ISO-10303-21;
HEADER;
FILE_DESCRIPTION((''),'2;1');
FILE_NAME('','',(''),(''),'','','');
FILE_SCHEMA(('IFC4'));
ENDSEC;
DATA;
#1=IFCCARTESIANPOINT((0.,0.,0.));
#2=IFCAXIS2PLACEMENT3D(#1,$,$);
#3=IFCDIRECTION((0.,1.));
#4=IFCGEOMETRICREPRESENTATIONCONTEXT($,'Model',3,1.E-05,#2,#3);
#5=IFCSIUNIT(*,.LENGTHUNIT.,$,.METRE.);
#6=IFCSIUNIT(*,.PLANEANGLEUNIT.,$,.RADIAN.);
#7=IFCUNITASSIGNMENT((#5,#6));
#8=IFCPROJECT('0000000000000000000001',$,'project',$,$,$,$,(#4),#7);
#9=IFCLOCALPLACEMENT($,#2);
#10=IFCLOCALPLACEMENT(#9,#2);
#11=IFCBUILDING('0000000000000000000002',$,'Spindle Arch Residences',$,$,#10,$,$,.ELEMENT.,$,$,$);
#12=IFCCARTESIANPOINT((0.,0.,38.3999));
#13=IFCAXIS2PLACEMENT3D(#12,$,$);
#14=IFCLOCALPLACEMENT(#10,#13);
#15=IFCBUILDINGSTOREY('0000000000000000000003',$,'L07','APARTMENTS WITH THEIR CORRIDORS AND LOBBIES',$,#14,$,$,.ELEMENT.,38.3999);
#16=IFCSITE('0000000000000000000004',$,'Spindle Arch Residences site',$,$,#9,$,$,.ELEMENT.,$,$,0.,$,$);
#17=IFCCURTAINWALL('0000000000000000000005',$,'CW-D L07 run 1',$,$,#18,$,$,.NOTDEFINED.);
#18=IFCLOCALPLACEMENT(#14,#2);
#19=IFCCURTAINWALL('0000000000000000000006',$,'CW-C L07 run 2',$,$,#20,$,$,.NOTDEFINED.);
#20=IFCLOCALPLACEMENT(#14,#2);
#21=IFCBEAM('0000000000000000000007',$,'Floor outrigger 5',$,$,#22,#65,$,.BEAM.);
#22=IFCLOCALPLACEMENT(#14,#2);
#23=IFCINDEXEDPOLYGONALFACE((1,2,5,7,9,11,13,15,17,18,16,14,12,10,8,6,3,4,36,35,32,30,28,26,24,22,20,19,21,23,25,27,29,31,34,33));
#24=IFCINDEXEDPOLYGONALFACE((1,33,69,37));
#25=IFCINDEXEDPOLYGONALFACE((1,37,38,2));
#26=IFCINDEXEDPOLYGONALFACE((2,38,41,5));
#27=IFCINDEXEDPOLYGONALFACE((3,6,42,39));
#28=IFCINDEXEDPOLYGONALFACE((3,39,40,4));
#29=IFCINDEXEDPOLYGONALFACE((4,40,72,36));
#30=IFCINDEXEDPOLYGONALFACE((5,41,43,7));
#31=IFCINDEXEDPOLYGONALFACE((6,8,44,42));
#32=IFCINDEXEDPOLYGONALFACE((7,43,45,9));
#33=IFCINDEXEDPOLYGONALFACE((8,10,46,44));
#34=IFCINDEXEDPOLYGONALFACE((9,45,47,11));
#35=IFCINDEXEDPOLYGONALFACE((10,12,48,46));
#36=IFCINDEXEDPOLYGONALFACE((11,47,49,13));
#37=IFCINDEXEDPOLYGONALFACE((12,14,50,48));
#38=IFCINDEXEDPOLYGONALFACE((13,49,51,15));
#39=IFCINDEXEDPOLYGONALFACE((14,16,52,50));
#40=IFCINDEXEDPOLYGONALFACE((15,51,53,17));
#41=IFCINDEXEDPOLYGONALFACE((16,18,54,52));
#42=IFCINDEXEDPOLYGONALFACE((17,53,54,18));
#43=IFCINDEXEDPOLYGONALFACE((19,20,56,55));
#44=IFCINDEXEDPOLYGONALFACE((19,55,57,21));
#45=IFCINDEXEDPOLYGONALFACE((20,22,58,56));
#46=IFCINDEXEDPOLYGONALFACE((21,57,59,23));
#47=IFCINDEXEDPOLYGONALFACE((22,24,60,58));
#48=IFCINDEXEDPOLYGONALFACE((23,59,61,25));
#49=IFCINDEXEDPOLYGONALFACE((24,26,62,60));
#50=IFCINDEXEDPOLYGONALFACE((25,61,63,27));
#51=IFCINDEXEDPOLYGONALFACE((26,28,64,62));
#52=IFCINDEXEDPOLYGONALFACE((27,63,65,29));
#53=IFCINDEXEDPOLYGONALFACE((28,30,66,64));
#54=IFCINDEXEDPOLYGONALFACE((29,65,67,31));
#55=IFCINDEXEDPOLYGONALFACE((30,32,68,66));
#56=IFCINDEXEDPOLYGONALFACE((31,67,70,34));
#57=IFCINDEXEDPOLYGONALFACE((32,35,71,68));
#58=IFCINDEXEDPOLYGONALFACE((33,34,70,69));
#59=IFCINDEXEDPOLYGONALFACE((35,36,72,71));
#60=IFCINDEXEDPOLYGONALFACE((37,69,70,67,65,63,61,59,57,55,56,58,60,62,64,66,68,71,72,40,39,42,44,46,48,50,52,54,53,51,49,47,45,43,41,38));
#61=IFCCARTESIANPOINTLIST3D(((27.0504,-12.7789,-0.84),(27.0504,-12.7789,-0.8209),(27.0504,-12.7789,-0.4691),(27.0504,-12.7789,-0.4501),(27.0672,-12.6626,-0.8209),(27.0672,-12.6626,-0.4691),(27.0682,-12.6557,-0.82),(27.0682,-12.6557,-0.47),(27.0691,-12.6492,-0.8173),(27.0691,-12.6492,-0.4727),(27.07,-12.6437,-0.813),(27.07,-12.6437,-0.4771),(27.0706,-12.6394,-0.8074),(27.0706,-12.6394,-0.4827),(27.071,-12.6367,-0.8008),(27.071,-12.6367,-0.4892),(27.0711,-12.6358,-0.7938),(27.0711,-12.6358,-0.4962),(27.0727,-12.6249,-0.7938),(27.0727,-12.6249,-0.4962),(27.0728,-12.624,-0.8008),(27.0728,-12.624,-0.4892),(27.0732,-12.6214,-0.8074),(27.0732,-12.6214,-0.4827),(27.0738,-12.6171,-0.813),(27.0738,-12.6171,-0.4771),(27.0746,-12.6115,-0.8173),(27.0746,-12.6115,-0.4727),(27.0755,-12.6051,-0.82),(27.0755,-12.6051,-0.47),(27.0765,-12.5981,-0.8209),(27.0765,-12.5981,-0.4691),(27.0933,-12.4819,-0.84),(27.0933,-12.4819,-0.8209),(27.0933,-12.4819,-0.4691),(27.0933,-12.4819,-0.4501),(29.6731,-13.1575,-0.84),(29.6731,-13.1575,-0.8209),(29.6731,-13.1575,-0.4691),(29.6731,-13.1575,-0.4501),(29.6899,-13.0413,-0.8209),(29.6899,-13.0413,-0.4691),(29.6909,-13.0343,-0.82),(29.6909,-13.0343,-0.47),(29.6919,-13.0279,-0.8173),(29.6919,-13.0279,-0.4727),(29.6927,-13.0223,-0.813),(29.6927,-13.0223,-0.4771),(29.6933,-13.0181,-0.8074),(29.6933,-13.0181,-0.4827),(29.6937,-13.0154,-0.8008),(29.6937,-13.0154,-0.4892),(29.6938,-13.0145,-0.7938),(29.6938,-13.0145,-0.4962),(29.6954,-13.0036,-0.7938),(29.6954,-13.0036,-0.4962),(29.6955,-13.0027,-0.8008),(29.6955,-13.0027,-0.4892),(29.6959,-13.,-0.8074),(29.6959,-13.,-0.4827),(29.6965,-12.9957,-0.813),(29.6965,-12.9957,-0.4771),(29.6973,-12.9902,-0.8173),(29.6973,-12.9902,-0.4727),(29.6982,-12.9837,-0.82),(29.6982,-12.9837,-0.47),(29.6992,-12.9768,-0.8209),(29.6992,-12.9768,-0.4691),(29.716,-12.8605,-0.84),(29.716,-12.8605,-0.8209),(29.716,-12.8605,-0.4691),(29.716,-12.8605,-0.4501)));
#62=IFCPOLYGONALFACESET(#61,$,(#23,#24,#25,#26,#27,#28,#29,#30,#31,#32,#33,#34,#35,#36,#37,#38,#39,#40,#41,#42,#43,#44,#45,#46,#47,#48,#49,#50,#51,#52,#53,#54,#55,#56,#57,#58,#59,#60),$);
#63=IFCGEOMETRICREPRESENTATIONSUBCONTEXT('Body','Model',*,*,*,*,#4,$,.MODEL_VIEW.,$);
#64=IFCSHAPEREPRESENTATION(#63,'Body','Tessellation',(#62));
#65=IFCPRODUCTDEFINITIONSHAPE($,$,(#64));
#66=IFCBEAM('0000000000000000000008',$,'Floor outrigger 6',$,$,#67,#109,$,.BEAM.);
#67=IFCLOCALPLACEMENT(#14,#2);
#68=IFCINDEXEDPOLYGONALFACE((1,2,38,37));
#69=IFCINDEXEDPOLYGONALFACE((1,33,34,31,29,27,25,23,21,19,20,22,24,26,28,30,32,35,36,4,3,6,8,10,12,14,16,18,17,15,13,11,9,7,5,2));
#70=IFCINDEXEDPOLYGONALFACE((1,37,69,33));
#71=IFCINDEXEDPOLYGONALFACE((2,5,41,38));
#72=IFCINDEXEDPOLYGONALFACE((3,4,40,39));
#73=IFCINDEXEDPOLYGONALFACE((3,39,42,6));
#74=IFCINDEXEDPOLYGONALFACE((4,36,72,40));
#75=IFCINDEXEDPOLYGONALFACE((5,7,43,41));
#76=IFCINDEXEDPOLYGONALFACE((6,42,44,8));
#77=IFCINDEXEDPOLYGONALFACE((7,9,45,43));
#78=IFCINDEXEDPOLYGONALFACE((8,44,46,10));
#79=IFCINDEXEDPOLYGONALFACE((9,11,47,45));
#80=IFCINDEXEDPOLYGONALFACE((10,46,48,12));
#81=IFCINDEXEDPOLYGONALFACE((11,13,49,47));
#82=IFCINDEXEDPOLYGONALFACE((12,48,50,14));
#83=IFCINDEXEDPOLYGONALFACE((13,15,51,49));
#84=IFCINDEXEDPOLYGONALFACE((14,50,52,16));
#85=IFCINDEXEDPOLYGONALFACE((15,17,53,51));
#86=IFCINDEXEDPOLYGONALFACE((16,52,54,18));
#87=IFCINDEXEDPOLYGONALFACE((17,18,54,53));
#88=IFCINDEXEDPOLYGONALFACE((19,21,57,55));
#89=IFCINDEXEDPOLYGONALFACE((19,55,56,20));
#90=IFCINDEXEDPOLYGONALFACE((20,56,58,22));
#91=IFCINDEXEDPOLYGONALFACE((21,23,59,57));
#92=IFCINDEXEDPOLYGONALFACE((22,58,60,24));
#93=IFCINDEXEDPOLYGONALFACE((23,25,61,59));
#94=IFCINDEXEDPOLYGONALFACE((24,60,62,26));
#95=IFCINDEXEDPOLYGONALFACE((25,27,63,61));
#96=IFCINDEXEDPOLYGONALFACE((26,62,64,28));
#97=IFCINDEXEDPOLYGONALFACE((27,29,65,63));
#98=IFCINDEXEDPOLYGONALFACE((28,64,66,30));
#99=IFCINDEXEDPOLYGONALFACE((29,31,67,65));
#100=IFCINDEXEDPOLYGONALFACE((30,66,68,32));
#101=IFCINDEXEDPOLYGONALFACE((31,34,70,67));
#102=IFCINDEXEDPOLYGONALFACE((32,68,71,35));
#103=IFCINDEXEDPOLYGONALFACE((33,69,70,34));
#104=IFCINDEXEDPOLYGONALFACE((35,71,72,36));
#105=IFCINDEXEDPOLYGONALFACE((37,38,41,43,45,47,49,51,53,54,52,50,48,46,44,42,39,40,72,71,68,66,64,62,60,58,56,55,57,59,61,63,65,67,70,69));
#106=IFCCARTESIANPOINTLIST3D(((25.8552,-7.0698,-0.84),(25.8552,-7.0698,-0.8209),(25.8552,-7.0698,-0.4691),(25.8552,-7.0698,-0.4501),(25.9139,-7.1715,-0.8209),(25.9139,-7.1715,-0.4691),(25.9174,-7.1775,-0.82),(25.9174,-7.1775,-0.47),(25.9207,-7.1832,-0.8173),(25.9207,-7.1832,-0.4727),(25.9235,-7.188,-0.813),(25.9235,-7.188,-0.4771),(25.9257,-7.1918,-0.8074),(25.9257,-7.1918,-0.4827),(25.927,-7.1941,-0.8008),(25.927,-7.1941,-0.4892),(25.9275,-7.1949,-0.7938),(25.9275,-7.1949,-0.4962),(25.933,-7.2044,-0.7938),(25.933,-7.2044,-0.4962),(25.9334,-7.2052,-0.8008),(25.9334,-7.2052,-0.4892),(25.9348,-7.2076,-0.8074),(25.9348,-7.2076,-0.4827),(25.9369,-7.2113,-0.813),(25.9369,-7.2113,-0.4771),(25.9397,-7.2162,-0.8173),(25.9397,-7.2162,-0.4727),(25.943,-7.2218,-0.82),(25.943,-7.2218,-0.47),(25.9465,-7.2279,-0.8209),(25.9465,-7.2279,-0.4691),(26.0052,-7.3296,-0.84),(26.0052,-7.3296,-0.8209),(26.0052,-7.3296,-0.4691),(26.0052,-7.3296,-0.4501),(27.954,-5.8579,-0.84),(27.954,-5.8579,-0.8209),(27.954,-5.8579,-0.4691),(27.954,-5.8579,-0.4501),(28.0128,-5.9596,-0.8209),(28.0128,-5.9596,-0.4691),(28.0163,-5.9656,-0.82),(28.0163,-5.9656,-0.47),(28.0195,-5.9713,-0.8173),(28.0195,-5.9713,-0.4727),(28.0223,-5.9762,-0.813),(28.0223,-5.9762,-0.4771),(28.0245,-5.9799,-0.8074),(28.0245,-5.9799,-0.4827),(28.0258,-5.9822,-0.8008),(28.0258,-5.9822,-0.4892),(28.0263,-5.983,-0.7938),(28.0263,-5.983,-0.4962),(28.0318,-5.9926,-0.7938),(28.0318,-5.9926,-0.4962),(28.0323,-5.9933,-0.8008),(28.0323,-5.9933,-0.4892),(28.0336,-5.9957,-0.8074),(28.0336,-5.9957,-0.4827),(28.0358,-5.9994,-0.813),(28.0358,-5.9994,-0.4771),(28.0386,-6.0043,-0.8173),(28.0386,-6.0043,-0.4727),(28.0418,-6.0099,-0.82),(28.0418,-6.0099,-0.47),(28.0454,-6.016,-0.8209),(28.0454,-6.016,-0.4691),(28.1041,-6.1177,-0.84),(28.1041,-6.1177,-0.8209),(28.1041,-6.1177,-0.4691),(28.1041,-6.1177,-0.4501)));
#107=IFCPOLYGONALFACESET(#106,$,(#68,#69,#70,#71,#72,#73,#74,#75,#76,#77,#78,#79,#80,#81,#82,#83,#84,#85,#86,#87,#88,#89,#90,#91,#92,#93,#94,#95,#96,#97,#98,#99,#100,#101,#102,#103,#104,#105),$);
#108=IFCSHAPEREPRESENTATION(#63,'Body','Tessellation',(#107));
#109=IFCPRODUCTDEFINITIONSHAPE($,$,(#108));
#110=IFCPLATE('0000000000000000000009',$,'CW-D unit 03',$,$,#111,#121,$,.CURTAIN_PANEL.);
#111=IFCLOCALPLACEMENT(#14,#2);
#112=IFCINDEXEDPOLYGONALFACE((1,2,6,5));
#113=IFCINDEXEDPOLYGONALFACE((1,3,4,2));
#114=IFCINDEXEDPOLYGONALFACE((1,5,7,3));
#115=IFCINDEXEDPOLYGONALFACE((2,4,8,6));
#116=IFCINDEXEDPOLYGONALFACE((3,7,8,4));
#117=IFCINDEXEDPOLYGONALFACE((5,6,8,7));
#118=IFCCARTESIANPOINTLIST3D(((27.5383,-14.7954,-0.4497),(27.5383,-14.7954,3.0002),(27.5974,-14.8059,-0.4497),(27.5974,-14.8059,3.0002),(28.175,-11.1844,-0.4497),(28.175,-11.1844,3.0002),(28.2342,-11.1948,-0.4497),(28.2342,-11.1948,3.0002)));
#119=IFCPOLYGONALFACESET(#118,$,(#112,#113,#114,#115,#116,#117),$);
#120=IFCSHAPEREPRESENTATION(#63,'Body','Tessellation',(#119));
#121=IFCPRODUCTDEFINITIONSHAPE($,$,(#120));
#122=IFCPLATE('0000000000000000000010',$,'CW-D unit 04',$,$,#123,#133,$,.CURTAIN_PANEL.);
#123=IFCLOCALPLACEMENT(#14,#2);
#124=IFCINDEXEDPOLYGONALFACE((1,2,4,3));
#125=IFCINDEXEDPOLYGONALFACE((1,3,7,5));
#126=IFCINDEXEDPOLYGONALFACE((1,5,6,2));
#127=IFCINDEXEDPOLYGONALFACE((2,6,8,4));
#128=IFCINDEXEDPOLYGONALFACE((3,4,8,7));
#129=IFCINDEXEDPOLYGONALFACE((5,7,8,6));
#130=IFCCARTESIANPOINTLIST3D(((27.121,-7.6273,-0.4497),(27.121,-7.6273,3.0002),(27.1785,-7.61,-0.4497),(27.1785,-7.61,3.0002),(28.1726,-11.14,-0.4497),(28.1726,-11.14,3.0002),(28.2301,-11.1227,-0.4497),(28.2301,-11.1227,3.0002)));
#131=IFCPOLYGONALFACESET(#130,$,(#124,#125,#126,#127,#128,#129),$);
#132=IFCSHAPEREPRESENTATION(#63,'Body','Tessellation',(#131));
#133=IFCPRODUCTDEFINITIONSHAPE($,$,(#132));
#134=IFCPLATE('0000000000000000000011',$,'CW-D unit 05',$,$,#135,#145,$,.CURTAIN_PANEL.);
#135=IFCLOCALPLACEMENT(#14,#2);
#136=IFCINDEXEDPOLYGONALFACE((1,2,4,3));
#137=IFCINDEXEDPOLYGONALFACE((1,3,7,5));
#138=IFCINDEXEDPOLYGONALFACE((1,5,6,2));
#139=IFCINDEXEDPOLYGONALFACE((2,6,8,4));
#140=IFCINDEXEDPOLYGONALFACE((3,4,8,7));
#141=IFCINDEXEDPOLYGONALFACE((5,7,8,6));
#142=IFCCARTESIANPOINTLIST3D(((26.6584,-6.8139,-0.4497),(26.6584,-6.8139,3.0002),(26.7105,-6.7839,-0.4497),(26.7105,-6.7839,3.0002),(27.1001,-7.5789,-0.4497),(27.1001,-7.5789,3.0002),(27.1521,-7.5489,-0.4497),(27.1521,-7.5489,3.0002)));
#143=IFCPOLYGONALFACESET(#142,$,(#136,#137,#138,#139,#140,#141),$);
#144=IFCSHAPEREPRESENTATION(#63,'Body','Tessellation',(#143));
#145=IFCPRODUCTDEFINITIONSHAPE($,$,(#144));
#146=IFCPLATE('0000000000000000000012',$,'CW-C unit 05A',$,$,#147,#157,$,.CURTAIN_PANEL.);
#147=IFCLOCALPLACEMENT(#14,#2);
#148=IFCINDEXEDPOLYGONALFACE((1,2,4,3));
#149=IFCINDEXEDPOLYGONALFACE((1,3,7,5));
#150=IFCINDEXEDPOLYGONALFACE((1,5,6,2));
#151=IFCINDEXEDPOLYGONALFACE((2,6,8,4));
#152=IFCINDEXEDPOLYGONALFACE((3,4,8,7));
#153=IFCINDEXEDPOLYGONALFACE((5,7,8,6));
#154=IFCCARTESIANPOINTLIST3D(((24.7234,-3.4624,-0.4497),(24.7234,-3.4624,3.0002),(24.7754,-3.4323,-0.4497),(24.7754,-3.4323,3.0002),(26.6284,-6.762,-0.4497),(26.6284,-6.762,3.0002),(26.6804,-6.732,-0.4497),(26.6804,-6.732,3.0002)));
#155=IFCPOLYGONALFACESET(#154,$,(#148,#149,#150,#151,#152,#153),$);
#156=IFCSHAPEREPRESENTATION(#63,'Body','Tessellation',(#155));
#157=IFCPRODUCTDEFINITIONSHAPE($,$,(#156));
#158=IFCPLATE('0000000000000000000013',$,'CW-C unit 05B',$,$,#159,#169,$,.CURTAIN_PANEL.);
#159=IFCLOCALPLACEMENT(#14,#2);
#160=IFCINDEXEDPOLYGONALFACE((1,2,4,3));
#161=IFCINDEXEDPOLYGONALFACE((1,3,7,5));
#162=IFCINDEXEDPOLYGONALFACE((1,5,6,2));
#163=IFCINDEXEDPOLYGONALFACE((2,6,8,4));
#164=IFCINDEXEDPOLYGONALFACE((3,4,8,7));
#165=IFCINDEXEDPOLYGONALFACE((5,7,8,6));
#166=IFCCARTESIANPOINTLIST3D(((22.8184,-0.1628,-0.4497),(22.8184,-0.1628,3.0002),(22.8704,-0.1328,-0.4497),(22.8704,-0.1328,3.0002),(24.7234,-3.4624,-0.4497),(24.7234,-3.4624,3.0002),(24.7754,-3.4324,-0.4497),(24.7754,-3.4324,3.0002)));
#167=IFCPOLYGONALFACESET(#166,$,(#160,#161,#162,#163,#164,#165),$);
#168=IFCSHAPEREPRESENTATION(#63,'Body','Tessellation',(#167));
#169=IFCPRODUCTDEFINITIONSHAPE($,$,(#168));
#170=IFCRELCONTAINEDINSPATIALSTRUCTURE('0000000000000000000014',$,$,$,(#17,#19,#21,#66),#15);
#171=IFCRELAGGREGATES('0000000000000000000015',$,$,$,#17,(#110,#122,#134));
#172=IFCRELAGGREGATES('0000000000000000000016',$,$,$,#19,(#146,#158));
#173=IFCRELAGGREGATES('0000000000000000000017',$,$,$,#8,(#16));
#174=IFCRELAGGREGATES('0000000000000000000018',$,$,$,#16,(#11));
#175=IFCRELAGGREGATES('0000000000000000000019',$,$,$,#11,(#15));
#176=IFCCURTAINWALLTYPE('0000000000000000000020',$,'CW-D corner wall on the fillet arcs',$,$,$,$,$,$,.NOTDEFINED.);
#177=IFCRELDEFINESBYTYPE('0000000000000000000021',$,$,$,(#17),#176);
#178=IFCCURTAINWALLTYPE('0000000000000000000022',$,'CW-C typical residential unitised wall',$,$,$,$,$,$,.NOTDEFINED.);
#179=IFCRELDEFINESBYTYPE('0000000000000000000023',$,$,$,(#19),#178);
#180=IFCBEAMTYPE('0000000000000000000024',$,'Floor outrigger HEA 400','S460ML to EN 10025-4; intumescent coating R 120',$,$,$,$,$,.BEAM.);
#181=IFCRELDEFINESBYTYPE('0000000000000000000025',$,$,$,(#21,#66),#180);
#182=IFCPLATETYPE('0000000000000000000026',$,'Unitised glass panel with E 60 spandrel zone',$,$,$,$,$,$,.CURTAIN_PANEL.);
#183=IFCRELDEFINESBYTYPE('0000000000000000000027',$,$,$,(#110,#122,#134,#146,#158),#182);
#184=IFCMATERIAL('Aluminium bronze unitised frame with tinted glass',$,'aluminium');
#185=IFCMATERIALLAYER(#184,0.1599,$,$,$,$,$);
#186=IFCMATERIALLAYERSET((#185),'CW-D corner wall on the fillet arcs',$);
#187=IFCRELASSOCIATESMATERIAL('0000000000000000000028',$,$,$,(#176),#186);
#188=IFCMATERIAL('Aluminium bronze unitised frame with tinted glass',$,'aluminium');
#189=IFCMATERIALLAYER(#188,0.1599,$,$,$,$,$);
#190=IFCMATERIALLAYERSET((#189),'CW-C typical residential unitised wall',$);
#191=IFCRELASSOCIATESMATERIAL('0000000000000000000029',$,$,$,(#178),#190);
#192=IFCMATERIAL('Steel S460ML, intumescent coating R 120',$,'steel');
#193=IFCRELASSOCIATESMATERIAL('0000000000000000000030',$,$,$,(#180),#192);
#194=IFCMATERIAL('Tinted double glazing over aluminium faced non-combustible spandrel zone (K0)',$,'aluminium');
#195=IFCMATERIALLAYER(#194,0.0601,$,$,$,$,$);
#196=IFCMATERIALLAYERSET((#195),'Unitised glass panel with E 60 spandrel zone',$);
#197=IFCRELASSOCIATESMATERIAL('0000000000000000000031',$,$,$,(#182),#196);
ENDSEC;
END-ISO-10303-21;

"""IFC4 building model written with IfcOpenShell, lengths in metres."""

from ifc_helpers import new_model, si_unit, direction, frame, origin, origin_2d, place, context, subcontext, project, spatial, rectangle, i_section, extrude, material, layer, layer_set, material_profile, profile_set, type_object, element, aggregate, save


model = new_model("IFC4")

# Units and contexts
model_context = context("Model", 3, precision=1e-05, world=origin(), true_north=direction((0.0, 1.0)))
body_context = subcontext(model_context, "Body", "Model", "MODEL_VIEW")
ifc_project = project(units=[si_unit("LENGTHUNIT", "METRE"), si_unit("PLANEANGLEUNIT", "RADIAN")], contexts=[model_context])

# Site, building, storey
site_placement = place(None, origin())
site = spatial("IfcSite", under=ifc_project, at=site_placement, Name="Spindle Arch Residences site", CompositionType="ELEMENT", RefElevation=0.0)
building_placement = place(site_placement, origin())
building = spatial("IfcBuilding", under=site, at=building_placement, Name="Spindle Arch Residences", CompositionType="ELEMENT")
storey_placement = place(building_placement, frame((0.0, 0.0, 38.3999)))
storey = spatial("IfcBuildingStorey", under=building, at=storey_placement, Name="L07", Description="APARTMENTS WITH THEIR CORRIDORS AND LOBBIES", CompositionType="ELEMENT", Elevation=38.3999)

# Curtain wall
ifc_material_1 = material(Name="Aluminium bronze unitised frame with tinted glass", Category="aluminium")
ifc_layer_1 = layer(ifc_material_1, 0.1599)
ifc_layer_set_1 = layer_set([ifc_layer_1], Name="CW-D corner wall on the fillet arcs")
curtain_wall_type_1 = type_object("IfcCurtainWallType", Name="CW-D corner wall on the fillet arcs", PredefinedType="NOTDEFINED", material=ifc_layer_set_1)
curtain_wall_1_placement = place(storey_placement, origin())
curtain_wall_1 = element("IfcCurtainWall", 1, at=curtain_wall_1_placement, inside=storey, type_object=curtain_wall_type_1, Name="CW-D L07 run 1", PredefinedType="NOTDEFINED")

# Curtain wall
ifc_material_2 = material(Name="Aluminium bronze unitised frame with tinted glass", Category="aluminium")
ifc_layer_2 = layer(ifc_material_2, 0.1599)
ifc_layer_set_2 = layer_set([ifc_layer_2], Name="CW-C typical residential unitised wall")
curtain_wall_type_2 = type_object("IfcCurtainWallType", Name="CW-C typical residential unitised wall", PredefinedType="NOTDEFINED", material=ifc_layer_set_2)
curtain_wall_2_placement = place(storey_placement, origin())
curtain_wall_2 = element("IfcCurtainWall", 2, at=curtain_wall_2_placement, inside=storey, type_object=curtain_wall_type_2, Name="CW-C L07 run 2", PredefinedType="NOTDEFINED")

# Beams
ifc_material_3 = material(Name="Steel S460ML, intumescent coating R 120", Category="steel")
ifc_material_profile_1 = material_profile(ifc_material_3, i_section(OverallWidth=0.3, OverallDepth=0.3899, WebThickness=0.011, FlangeThickness=0.019, FilletRadius=0.0271, at=origin_2d()), Name="HEA 400")
ifc_profile_set_1 = profile_set([ifc_material_profile_1], Name="Steel S460ML, intumescent coating R 120")
beam_type_1 = type_object("IfcBeamType", Name="Floor outrigger HEA 400", Description="S460ML to EN 10025-4; intumescent coating R 120", PredefinedType="BEAM", material=ifc_profile_set_1)
beam_1_placement = place(storey_placement, frame((29.6946, -13.009, -0.645), z_axis=(-0.989738, 0.142892, 0.0), x_axis=(-0.142892, -0.989738, 0.0)))
element("IfcBeam", 3, at=beam_1_placement, inside=storey, type_object=beam_type_1, Name="Floor outrigger 5", PredefinedType="BEAM", context=body_context, shape_type="SweptSolid", body=[
    extrude(i_section(OverallWidth=0.3, OverallDepth=0.3899, WebThickness=0.011, FlangeThickness=0.019, FilletRadius=0.0271, at=origin_2d()), origin(), (0.0, 0.0, 1.0), 2.6499),
])
beam_2_placement = place(storey_placement, frame((28.0291, -5.9878, -0.645), z_axis=(-0.866003, -0.500039, 0.0), x_axis=(0.500039, -0.866003, 0.0)))
element("IfcBeam", 4, at=beam_2_placement, inside=storey, type_object=beam_type_1, Name="Floor outrigger 6", PredefinedType="BEAM", context=body_context, shape_type="SweptSolid", body=[
    extrude(i_section(OverallWidth=0.3, OverallDepth=0.3899, WebThickness=0.011, FlangeThickness=0.019, FilletRadius=0.0271, at=origin_2d()), origin(), (0.0, 0.0, 1.0), 2.4236),
])

# Plates
ifc_material_4 = material(Name="Tinted double glazing over aluminium faced non-combustible spandrel zone (K0)", Category="aluminium")
ifc_layer_3 = layer(ifc_material_4, 0.0601)
ifc_layer_set_3 = layer_set([ifc_layer_3], Name="Unitised glass panel with E 60 spandrel zone")
plate_type = type_object("IfcPlateType", Name="Unitised glass panel with E 60 spandrel zone", PredefinedType="CURTAIN_PANEL", material=ifc_layer_set_3)
plate_1_placement = place(storey_placement, frame((27.8862, -12.9951, -0.4497), z_axis=(0.0, 0.0, 1.0), x_axis=(0.173648, 0.984808, 0.0)))
plate_1 = element("IfcPlate", 5, at=plate_1_placement, type_object=plate_type, Name="CW-D unit 03", PredefinedType="CURTAIN_PANEL", context=body_context, shape_type="SweptSolid", body=[
    extrude(rectangle(XDim=3.6667, YDim=0.0601, at=origin_2d()), origin(), (0.0, 0.0, 1.0), 3.45),
])
plate_2_placement = place(storey_placement, frame((27.6755, -9.375, -0.4497), z_axis=(0.0, 0.0, 1.0), x_axis=(-0.286803, 0.95799, 0.0)))
plate_2 = element("IfcPlate", 6, at=plate_2_placement, type_object=plate_type, Name="CW-D unit 04", PredefinedType="CURTAIN_PANEL", context=body_context, shape_type="SweptSolid", body=[
    extrude(rectangle(XDim=3.6667, YDim=0.0601, at=origin_2d()), origin(), (0.0, 0.0, 1.0), 3.45),
])
plate_3_placement = place(storey_placement, frame((26.9053, -7.1814, -0.4497), z_axis=(0.0, 0.0, 1.0), x_axis=(-0.5, 0.866025, 0.0)))
plate_3 = element("IfcPlate", 7, at=plate_3_placement, type_object=plate_type, Name="CW-D unit 05", PredefinedType="CURTAIN_PANEL", context=body_context, shape_type="SweptSolid", body=[
    extrude(rectangle(XDim=0.8833, YDim=0.0601, at=origin_2d()), origin(), (0.0, 0.0, 1.0), 3.45),
])
aggregate(curtain_wall_1, [plate_1, plate_2, plate_3])
plate_4_placement = place(storey_placement, frame((25.7019, -5.0972, -0.4497), z_axis=(0.0, 0.0, 1.0), x_axis=(-0.5, 0.866025, 0.0)))
plate_4 = element("IfcPlate", 8, at=plate_4_placement, type_object=plate_type, Name="CW-C unit 05A", PredefinedType="CURTAIN_PANEL", context=body_context, shape_type="SweptSolid", body=[
    extrude(rectangle(XDim=3.8101, YDim=0.0601, at=origin_2d()), origin(), (0.0, 0.0, 1.0), 3.45),
])
plate_5_placement = place(storey_placement, frame((23.7969, -1.7976, -0.4497), z_axis=(0.0, 0.0, 1.0), x_axis=(-0.5, 0.866025, 0.0)))
plate_5 = element("IfcPlate", 9, at=plate_5_placement, type_object=plate_type, Name="CW-C unit 05B", PredefinedType="CURTAIN_PANEL", context=body_context, shape_type="SweptSolid", body=[
    extrude(rectangle(XDim=3.8101, YDim=0.0601, at=origin_2d()), origin(), (0.0, 0.0, 1.0), 3.45),
])
aggregate(curtain_wall_2, [plate_4, plate_5])

save(model, "model.ifc")
